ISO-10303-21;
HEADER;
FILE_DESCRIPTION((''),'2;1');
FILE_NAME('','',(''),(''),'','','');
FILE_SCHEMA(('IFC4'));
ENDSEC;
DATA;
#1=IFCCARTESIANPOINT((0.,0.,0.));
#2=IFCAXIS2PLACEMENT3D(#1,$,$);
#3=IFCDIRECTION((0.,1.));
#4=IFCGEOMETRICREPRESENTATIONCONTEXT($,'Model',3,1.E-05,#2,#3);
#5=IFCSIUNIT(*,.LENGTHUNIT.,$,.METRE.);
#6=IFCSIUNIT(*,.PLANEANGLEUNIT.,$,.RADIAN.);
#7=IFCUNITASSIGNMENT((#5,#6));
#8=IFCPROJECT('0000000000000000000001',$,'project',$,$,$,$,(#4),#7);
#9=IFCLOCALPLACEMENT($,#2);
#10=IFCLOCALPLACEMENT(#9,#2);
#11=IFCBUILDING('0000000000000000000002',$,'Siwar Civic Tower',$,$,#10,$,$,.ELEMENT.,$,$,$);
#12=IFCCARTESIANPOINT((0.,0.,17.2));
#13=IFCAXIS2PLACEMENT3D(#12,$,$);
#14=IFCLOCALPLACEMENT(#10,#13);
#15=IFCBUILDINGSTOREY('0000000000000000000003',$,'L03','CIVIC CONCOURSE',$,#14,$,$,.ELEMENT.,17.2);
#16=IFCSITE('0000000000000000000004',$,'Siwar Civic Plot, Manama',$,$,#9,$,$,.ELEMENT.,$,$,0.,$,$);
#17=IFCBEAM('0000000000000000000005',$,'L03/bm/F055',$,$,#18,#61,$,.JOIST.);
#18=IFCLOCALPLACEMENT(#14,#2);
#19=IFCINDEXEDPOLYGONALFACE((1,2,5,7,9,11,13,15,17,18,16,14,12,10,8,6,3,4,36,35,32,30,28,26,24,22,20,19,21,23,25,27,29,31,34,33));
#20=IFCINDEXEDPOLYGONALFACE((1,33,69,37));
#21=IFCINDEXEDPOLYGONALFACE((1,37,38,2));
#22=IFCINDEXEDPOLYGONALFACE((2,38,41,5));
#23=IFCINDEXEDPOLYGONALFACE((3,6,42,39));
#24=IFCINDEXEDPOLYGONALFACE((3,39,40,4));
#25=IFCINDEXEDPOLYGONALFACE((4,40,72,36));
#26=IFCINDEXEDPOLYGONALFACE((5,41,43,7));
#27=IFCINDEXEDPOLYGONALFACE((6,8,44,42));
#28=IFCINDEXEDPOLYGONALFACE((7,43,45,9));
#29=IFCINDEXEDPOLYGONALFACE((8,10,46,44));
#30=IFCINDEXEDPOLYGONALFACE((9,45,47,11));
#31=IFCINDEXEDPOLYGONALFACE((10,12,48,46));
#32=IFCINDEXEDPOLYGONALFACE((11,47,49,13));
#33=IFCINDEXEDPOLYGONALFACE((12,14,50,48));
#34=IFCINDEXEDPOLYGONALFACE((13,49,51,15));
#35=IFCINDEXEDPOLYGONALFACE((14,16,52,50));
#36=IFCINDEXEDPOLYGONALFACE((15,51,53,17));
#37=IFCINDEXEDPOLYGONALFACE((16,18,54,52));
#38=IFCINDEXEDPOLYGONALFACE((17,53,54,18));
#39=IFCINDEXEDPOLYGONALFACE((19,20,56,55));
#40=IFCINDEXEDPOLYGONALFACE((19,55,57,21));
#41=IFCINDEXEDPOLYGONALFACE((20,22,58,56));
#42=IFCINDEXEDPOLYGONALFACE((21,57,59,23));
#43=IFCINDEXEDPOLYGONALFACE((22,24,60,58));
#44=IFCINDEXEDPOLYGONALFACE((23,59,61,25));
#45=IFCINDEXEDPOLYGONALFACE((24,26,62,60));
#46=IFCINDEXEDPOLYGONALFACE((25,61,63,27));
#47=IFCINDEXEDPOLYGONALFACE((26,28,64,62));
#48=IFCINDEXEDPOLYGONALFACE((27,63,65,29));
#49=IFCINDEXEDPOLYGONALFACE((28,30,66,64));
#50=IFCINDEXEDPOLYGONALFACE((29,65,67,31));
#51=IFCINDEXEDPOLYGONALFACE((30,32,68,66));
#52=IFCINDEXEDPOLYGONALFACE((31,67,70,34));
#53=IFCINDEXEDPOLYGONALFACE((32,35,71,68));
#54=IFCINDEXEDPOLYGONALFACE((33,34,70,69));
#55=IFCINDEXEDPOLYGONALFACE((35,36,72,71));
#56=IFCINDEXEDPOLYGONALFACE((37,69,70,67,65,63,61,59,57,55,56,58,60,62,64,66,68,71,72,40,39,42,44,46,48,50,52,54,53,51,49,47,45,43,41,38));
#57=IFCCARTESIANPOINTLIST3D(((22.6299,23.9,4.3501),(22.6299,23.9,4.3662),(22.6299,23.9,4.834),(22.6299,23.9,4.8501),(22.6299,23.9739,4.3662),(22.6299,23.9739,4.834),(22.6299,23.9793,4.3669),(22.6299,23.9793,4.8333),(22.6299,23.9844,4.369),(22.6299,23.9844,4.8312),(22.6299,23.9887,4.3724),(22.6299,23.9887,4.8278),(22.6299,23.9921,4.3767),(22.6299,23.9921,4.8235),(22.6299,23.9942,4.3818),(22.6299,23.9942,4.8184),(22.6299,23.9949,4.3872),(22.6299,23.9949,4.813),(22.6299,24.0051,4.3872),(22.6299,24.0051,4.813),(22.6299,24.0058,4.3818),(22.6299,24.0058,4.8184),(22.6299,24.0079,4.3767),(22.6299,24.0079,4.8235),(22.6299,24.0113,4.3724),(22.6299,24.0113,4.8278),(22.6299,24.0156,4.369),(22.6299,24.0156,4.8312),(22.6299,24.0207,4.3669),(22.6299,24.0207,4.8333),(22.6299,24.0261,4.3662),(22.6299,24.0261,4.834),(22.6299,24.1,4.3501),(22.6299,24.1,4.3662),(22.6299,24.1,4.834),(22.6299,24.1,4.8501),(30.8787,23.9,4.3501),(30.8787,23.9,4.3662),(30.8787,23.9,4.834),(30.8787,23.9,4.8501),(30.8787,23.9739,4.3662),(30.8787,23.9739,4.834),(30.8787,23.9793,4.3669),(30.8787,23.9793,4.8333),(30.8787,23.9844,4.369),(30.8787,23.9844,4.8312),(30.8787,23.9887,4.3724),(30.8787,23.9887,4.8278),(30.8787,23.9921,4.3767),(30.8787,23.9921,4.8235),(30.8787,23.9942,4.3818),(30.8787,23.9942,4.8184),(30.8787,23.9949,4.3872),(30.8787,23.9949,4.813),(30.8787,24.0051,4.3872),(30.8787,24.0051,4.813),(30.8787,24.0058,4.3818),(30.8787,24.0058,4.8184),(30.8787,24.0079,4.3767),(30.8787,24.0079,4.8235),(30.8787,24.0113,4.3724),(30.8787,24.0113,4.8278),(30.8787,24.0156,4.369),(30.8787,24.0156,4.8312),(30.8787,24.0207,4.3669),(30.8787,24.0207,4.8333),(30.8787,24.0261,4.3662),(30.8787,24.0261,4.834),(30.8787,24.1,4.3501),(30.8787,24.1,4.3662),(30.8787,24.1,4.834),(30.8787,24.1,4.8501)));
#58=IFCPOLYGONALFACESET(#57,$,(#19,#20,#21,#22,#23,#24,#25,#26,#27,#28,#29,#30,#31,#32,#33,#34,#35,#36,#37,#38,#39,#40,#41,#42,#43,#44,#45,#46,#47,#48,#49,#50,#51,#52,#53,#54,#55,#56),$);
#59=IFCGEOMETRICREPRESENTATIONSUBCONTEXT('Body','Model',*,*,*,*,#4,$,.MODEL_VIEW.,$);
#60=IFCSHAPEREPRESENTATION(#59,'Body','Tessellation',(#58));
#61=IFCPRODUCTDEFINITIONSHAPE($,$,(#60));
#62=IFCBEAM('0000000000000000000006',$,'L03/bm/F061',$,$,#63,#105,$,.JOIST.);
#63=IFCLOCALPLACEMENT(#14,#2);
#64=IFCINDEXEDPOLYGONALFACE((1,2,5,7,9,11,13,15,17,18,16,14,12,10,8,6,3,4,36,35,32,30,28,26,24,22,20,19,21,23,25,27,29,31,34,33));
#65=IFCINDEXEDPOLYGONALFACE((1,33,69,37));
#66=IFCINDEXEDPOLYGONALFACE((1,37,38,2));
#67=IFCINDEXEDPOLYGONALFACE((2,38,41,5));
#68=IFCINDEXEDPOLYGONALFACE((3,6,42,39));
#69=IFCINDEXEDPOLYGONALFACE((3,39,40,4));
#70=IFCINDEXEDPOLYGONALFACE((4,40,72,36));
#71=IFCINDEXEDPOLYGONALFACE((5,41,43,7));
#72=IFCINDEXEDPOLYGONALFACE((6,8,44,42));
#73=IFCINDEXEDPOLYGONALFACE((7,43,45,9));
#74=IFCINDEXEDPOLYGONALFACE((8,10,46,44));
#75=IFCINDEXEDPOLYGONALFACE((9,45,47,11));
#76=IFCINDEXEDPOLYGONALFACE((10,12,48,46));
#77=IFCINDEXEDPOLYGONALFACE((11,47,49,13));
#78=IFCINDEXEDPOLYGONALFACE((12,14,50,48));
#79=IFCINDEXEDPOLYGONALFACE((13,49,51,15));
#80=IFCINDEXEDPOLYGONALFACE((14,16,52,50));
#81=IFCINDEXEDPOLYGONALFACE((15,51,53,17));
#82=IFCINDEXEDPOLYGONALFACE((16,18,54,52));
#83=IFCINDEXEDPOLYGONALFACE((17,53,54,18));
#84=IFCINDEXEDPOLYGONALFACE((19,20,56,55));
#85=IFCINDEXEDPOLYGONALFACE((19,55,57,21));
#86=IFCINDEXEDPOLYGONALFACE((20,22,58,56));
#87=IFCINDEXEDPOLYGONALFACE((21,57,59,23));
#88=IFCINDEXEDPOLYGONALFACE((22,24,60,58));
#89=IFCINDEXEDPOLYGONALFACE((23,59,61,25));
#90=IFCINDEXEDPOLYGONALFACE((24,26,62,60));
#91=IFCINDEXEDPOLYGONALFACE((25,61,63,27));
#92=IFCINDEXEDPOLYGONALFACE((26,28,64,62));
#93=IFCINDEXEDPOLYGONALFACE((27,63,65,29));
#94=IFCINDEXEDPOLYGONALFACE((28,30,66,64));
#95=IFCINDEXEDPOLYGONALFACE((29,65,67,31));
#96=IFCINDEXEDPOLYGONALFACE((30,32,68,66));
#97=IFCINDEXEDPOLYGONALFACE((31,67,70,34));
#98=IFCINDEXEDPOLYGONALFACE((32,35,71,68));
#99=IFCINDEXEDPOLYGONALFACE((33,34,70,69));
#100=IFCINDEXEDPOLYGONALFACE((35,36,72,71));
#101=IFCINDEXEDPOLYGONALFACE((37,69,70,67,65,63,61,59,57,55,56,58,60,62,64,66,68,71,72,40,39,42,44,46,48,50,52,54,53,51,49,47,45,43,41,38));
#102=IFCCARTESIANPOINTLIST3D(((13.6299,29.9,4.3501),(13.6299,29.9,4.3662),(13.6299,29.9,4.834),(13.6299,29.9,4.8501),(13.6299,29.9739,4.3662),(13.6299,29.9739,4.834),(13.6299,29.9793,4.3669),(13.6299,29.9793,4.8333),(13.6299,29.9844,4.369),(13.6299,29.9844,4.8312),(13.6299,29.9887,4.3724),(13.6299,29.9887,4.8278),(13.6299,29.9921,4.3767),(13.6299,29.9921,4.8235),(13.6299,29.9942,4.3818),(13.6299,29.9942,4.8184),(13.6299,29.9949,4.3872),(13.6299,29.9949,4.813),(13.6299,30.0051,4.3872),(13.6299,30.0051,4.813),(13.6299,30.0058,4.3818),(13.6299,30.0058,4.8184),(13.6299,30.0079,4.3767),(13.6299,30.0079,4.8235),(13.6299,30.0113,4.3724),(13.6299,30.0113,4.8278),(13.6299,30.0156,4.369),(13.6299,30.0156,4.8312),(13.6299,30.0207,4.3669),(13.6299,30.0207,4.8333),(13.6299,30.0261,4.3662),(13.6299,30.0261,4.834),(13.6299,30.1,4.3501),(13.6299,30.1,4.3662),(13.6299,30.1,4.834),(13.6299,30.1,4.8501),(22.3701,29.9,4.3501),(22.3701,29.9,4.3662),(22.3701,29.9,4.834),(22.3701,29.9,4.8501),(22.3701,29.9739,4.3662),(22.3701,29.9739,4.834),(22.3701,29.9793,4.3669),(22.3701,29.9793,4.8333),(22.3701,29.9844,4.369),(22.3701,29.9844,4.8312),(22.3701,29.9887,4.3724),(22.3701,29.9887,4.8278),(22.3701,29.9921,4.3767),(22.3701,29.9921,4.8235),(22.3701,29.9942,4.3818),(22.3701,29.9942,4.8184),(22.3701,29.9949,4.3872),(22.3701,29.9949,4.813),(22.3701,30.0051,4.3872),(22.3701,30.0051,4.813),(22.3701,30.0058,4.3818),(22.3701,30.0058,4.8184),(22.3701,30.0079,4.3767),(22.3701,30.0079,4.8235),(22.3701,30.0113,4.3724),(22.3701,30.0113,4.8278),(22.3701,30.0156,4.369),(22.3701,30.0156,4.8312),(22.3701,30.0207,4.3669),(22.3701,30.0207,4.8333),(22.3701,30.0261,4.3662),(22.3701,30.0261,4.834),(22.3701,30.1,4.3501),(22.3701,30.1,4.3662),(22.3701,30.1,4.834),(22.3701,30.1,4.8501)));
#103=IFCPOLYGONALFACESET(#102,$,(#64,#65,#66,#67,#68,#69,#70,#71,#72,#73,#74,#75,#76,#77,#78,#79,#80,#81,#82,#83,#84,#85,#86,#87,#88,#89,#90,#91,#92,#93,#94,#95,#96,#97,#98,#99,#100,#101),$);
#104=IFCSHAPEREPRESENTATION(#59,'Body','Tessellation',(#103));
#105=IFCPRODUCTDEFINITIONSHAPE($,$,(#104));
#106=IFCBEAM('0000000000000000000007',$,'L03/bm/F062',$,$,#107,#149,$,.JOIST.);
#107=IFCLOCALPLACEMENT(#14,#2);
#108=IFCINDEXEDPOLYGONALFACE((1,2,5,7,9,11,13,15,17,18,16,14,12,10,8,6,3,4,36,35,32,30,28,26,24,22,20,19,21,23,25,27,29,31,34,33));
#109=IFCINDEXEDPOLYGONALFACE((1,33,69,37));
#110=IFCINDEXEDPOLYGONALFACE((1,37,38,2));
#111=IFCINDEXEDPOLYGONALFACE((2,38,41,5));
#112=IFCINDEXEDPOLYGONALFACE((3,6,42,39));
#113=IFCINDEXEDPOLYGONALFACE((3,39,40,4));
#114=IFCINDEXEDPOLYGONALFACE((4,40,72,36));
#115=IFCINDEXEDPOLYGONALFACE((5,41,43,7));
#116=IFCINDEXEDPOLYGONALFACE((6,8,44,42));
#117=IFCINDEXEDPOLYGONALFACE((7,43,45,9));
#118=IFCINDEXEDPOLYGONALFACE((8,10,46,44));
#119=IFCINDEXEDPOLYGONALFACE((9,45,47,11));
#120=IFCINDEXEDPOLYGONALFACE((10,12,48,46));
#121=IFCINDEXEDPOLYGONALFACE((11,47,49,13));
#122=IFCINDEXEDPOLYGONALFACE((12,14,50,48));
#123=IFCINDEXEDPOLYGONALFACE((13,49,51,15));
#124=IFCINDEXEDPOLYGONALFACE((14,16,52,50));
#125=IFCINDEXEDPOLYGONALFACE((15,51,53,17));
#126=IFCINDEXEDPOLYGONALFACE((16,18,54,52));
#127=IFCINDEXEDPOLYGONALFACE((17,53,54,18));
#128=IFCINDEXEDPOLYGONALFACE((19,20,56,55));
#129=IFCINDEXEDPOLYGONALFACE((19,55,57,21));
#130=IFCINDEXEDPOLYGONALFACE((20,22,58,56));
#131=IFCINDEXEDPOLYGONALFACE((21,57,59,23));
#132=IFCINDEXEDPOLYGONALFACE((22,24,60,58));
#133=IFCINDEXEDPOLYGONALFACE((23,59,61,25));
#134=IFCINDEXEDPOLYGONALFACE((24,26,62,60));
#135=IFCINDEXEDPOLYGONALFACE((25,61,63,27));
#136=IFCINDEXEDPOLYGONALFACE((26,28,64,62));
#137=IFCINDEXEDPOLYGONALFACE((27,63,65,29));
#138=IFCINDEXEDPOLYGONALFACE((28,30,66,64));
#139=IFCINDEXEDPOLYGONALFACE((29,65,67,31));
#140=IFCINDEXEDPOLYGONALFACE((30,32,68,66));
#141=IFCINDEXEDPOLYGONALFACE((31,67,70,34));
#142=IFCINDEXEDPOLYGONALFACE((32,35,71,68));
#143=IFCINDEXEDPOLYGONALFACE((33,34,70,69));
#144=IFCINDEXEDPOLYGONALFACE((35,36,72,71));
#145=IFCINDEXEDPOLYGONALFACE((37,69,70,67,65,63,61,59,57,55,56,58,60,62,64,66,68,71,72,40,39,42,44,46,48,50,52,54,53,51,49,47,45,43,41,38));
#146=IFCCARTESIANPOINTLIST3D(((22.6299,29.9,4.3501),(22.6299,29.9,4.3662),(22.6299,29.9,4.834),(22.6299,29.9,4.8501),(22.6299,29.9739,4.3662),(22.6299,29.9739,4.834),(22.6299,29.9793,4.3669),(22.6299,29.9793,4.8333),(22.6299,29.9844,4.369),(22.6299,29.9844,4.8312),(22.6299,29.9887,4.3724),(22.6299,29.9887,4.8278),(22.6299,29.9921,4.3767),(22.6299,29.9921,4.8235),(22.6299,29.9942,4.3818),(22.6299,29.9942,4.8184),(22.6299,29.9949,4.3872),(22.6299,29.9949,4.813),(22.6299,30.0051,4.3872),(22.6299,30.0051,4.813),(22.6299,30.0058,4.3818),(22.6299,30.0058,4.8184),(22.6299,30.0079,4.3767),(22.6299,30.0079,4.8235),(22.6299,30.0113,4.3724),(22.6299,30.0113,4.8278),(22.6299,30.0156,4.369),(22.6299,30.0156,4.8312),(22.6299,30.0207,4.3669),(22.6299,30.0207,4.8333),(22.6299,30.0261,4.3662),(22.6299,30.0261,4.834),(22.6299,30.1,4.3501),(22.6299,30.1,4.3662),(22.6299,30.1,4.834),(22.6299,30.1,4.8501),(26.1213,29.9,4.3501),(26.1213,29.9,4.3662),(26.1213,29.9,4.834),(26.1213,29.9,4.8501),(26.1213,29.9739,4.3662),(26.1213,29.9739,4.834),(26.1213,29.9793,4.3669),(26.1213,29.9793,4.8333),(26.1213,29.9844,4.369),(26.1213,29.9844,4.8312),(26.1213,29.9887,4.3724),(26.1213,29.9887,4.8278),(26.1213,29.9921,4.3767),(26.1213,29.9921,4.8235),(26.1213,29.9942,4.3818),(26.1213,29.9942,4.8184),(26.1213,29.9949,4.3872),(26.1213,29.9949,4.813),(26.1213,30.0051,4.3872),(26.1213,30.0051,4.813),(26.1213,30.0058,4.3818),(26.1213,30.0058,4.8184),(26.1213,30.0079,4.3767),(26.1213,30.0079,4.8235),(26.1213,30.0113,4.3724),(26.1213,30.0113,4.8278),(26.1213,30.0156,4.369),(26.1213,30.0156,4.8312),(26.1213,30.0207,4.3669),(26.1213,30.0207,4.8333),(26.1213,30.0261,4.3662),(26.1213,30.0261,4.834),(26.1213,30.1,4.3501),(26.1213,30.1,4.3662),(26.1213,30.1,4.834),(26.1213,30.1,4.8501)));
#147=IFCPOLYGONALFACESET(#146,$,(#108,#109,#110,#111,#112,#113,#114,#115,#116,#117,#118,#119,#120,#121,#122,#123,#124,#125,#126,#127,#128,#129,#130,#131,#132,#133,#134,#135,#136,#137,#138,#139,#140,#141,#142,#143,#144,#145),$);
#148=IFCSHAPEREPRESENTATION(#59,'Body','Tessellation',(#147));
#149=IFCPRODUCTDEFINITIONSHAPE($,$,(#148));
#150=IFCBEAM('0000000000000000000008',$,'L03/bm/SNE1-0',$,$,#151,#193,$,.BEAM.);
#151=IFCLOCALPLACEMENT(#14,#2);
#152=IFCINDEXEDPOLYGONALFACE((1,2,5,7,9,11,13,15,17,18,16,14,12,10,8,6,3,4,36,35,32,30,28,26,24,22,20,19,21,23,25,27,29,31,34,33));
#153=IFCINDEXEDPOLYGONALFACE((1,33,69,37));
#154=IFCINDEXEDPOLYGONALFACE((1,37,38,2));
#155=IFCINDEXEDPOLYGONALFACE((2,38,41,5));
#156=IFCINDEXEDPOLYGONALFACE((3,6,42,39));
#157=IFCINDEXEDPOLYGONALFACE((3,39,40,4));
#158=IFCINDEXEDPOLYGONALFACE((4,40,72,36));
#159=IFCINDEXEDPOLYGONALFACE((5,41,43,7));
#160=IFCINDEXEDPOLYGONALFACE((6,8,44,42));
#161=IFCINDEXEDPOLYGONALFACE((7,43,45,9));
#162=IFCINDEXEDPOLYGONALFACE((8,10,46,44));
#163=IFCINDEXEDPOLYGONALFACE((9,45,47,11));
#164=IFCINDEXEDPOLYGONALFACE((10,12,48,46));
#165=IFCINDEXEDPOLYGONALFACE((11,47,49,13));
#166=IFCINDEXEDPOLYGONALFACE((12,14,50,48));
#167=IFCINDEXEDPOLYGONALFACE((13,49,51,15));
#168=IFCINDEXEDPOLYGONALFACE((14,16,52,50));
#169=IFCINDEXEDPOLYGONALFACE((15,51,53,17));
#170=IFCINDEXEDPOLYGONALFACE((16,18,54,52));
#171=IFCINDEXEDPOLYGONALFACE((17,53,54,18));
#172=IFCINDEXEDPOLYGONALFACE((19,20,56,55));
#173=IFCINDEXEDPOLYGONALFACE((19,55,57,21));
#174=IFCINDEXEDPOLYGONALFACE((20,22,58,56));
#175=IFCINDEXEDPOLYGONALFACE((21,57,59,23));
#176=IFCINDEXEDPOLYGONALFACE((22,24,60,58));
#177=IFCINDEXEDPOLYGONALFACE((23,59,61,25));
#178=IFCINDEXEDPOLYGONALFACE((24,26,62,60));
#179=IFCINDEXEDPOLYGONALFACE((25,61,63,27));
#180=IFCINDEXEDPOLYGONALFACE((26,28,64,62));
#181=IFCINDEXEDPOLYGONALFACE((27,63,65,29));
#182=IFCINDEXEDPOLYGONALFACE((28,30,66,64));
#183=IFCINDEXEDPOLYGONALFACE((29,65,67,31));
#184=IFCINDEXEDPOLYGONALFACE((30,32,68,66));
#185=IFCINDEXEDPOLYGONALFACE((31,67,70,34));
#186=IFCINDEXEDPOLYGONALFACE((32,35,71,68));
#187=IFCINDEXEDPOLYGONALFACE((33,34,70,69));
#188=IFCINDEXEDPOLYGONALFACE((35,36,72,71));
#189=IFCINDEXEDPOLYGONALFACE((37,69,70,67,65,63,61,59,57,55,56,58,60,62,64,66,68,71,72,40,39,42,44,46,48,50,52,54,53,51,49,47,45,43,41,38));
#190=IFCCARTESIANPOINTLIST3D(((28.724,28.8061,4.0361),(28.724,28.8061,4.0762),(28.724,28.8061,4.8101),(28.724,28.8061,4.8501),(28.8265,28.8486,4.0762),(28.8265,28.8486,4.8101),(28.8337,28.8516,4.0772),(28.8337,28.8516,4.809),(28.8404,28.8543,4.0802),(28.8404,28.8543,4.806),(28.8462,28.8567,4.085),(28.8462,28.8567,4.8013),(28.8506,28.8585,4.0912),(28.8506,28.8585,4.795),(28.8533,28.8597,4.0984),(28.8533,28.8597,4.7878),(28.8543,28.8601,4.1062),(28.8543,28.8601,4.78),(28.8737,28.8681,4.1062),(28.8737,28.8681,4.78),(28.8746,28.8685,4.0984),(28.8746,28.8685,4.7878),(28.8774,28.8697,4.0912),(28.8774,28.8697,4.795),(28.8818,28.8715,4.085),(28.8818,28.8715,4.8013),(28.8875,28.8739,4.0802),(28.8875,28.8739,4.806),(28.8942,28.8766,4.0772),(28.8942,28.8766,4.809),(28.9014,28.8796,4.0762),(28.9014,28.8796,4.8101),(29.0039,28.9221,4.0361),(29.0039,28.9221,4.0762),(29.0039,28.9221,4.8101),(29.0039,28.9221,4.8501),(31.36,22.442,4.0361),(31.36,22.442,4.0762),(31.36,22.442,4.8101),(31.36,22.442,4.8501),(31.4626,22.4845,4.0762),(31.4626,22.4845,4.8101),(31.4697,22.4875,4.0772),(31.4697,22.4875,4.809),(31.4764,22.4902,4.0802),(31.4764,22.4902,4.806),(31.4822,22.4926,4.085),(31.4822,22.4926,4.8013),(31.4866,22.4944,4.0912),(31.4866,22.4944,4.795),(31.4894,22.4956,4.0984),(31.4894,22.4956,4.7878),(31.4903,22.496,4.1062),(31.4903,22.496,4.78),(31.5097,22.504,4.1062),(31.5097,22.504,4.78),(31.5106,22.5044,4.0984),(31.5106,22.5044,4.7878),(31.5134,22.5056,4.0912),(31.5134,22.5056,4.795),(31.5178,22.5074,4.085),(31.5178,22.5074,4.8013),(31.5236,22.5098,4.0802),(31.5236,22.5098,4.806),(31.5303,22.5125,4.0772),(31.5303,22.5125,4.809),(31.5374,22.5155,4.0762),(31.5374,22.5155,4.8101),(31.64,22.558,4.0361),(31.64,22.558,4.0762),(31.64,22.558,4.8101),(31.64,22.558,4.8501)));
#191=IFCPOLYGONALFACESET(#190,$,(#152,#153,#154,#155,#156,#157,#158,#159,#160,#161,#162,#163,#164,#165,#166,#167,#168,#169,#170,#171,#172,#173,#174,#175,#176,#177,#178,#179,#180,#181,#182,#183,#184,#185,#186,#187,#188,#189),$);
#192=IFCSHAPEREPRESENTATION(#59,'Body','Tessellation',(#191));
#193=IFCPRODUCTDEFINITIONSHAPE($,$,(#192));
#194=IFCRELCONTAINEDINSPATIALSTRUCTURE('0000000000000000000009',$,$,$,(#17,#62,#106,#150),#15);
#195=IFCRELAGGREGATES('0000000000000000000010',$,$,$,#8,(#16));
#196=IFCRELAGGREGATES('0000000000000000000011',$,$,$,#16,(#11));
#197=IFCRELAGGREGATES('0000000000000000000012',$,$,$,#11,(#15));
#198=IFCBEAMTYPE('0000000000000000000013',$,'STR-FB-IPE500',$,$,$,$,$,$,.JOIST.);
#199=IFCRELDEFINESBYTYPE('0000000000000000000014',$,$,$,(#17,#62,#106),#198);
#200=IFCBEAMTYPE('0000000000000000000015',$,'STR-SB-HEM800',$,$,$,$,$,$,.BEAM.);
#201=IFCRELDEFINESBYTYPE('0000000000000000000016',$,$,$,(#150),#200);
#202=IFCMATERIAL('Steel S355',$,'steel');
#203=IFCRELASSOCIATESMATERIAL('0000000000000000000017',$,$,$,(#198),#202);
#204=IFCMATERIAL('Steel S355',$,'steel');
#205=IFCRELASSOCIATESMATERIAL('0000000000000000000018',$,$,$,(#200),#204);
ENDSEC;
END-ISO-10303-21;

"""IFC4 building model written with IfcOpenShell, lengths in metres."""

from ifc_helpers import new_model, si_unit, direction, frame, origin, origin_2d, place, context, subcontext, project, spatial, i_section, extrude, material, material_profile, profile_set, type_object, element, save


model = new_model("IFC4")

# Units and contexts
model_context = context("Model", 3, precision=1e-05, world=origin(), true_north=direction((0.0, 1.0)))
body_context = subcontext(model_context, "Body", "Model", "MODEL_VIEW")
ifc_project = project(units=[si_unit("LENGTHUNIT", "METRE"), si_unit("PLANEANGLEUNIT", "RADIAN")], contexts=[model_context])

# Site, building, storey
site_placement = place(None, origin())
site = spatial("IfcSite", under=ifc_project, at=site_placement, Name="Siwar Civic Plot, Manama", CompositionType="ELEMENT", RefElevation=0.0)
building_placement = place(site_placement, origin())
building = spatial("IfcBuilding", under=site, at=building_placement, Name="Siwar Civic Tower", CompositionType="ELEMENT")
storey_placement = place(building_placement, frame((0.0, 0.0, 17.2)))
storey = spatial("IfcBuildingStorey", under=building, at=storey_placement, Name="L03", Description="CIVIC CONCOURSE", CompositionType="ELEMENT", Elevation=17.2)

# Beams
ifc_material_1 = material(Name="Steel S355", Category="steel")
ifc_material_profile_1 = material_profile(ifc_material_1, i_section(OverallWidth=0.2, OverallDepth=0.5, WebThickness=0.0103, FlangeThickness=0.0161, FilletRadius=0.021, at=origin_2d()), Name="IPE500")
ifc_profile_set_1 = profile_set([ifc_material_profile_1], Name="Steel S355")
beam_type_1 = type_object("IfcBeamType", Name="STR-FB-IPE500", PredefinedType="JOIST", material=ifc_profile_set_1)
beam_1_placement = place(storey_placement, frame((22.6299, 24.0, 4.6001), z_axis=(1.0, 0.0, 0.0), x_axis=(0.0, 1.0, 0.0)))
element("IfcBeam", 1, at=beam_1_placement, inside=storey, type_object=beam_type_1, Name="L03/bm/F055", PredefinedType="JOIST", context=body_context, shape_type="SweptSolid", body=[
    extrude(i_section(OverallWidth=0.2, OverallDepth=0.5, WebThickness=0.0103, FlangeThickness=0.0161, FilletRadius=0.021, at=origin_2d()), origin(), (0.0, 0.0, 1.0), 8.2488),
])
beam_2_placement = place(storey_placement, frame((13.6299, 30.0, 4.6001), z_axis=(1.0, 0.0, 0.0), x_axis=(0.0, 1.0, 0.0)))
element("IfcBeam", 2, at=beam_2_placement, inside=storey, type_object=beam_type_1, Name="L03/bm/F061", PredefinedType="JOIST", context=body_context, shape_type="SweptSolid", body=[
    extrude(i_section(OverallWidth=0.2, OverallDepth=0.5, WebThickness=0.0103, FlangeThickness=0.0161, FilletRadius=0.021, at=origin_2d()), origin(), (0.0, 0.0, 1.0), 8.7402),
])
beam_3_placement = place(storey_placement, frame((22.6299, 30.0, 4.6001), z_axis=(1.0, 0.0, 0.0), x_axis=(0.0, 1.0, 0.0)))
element("IfcBeam", 3, at=beam_3_placement, inside=storey, type_object=beam_type_1, Name="L03/bm/F062", PredefinedType="JOIST", context=body_context, shape_type="SweptSolid", body=[
    extrude(i_section(OverallWidth=0.2, OverallDepth=0.5, WebThickness=0.0103, FlangeThickness=0.0161, FilletRadius=0.021, at=origin_2d()), origin(), (0.0, 0.0, 1.0), 3.4915),
])
ifc_material_2 = material(Name="Steel S355", Category="steel")
ifc_material_profile_2 = material_profile(ifc_material_2, i_section(OverallWidth=0.303, OverallDepth=0.814, WebThickness=0.021, FlangeThickness=0.04, FilletRadius=0.03, at=origin_2d()), Name="HEM800")
ifc_profile_set_2 = profile_set([ifc_material_profile_2], Name="Steel S355")
beam_type_2 = type_object("IfcBeamType", Name="STR-SB-HEM800", PredefinedType="BEAM", material=ifc_profile_set_2)
for number, where, z_axis, x_axis, name in (
    (4, (31.5, 22.5, 4.4431), (-0.382674, 0.923883, 0.0), (-0.923883, -0.382674, 0.0), "L03/bm/SNE1-0"),
):
    element("IfcBeam", number, at=place(storey_placement, frame(where, z_axis=z_axis, x_axis=x_axis)), inside=storey, type_object=beam_type_2, Name=name, PredefinedType="BEAM", context=body_context, shape_type="SweptSolid", body=[
        extrude(i_section(OverallWidth=0.303, OverallDepth=0.814, WebThickness=0.021, FlangeThickness=0.04, FilletRadius=0.03, at=origin_2d()), origin(), (0.0, 0.0, 1.0), 6.8884),
    ])

save(model, "model.ifc")
